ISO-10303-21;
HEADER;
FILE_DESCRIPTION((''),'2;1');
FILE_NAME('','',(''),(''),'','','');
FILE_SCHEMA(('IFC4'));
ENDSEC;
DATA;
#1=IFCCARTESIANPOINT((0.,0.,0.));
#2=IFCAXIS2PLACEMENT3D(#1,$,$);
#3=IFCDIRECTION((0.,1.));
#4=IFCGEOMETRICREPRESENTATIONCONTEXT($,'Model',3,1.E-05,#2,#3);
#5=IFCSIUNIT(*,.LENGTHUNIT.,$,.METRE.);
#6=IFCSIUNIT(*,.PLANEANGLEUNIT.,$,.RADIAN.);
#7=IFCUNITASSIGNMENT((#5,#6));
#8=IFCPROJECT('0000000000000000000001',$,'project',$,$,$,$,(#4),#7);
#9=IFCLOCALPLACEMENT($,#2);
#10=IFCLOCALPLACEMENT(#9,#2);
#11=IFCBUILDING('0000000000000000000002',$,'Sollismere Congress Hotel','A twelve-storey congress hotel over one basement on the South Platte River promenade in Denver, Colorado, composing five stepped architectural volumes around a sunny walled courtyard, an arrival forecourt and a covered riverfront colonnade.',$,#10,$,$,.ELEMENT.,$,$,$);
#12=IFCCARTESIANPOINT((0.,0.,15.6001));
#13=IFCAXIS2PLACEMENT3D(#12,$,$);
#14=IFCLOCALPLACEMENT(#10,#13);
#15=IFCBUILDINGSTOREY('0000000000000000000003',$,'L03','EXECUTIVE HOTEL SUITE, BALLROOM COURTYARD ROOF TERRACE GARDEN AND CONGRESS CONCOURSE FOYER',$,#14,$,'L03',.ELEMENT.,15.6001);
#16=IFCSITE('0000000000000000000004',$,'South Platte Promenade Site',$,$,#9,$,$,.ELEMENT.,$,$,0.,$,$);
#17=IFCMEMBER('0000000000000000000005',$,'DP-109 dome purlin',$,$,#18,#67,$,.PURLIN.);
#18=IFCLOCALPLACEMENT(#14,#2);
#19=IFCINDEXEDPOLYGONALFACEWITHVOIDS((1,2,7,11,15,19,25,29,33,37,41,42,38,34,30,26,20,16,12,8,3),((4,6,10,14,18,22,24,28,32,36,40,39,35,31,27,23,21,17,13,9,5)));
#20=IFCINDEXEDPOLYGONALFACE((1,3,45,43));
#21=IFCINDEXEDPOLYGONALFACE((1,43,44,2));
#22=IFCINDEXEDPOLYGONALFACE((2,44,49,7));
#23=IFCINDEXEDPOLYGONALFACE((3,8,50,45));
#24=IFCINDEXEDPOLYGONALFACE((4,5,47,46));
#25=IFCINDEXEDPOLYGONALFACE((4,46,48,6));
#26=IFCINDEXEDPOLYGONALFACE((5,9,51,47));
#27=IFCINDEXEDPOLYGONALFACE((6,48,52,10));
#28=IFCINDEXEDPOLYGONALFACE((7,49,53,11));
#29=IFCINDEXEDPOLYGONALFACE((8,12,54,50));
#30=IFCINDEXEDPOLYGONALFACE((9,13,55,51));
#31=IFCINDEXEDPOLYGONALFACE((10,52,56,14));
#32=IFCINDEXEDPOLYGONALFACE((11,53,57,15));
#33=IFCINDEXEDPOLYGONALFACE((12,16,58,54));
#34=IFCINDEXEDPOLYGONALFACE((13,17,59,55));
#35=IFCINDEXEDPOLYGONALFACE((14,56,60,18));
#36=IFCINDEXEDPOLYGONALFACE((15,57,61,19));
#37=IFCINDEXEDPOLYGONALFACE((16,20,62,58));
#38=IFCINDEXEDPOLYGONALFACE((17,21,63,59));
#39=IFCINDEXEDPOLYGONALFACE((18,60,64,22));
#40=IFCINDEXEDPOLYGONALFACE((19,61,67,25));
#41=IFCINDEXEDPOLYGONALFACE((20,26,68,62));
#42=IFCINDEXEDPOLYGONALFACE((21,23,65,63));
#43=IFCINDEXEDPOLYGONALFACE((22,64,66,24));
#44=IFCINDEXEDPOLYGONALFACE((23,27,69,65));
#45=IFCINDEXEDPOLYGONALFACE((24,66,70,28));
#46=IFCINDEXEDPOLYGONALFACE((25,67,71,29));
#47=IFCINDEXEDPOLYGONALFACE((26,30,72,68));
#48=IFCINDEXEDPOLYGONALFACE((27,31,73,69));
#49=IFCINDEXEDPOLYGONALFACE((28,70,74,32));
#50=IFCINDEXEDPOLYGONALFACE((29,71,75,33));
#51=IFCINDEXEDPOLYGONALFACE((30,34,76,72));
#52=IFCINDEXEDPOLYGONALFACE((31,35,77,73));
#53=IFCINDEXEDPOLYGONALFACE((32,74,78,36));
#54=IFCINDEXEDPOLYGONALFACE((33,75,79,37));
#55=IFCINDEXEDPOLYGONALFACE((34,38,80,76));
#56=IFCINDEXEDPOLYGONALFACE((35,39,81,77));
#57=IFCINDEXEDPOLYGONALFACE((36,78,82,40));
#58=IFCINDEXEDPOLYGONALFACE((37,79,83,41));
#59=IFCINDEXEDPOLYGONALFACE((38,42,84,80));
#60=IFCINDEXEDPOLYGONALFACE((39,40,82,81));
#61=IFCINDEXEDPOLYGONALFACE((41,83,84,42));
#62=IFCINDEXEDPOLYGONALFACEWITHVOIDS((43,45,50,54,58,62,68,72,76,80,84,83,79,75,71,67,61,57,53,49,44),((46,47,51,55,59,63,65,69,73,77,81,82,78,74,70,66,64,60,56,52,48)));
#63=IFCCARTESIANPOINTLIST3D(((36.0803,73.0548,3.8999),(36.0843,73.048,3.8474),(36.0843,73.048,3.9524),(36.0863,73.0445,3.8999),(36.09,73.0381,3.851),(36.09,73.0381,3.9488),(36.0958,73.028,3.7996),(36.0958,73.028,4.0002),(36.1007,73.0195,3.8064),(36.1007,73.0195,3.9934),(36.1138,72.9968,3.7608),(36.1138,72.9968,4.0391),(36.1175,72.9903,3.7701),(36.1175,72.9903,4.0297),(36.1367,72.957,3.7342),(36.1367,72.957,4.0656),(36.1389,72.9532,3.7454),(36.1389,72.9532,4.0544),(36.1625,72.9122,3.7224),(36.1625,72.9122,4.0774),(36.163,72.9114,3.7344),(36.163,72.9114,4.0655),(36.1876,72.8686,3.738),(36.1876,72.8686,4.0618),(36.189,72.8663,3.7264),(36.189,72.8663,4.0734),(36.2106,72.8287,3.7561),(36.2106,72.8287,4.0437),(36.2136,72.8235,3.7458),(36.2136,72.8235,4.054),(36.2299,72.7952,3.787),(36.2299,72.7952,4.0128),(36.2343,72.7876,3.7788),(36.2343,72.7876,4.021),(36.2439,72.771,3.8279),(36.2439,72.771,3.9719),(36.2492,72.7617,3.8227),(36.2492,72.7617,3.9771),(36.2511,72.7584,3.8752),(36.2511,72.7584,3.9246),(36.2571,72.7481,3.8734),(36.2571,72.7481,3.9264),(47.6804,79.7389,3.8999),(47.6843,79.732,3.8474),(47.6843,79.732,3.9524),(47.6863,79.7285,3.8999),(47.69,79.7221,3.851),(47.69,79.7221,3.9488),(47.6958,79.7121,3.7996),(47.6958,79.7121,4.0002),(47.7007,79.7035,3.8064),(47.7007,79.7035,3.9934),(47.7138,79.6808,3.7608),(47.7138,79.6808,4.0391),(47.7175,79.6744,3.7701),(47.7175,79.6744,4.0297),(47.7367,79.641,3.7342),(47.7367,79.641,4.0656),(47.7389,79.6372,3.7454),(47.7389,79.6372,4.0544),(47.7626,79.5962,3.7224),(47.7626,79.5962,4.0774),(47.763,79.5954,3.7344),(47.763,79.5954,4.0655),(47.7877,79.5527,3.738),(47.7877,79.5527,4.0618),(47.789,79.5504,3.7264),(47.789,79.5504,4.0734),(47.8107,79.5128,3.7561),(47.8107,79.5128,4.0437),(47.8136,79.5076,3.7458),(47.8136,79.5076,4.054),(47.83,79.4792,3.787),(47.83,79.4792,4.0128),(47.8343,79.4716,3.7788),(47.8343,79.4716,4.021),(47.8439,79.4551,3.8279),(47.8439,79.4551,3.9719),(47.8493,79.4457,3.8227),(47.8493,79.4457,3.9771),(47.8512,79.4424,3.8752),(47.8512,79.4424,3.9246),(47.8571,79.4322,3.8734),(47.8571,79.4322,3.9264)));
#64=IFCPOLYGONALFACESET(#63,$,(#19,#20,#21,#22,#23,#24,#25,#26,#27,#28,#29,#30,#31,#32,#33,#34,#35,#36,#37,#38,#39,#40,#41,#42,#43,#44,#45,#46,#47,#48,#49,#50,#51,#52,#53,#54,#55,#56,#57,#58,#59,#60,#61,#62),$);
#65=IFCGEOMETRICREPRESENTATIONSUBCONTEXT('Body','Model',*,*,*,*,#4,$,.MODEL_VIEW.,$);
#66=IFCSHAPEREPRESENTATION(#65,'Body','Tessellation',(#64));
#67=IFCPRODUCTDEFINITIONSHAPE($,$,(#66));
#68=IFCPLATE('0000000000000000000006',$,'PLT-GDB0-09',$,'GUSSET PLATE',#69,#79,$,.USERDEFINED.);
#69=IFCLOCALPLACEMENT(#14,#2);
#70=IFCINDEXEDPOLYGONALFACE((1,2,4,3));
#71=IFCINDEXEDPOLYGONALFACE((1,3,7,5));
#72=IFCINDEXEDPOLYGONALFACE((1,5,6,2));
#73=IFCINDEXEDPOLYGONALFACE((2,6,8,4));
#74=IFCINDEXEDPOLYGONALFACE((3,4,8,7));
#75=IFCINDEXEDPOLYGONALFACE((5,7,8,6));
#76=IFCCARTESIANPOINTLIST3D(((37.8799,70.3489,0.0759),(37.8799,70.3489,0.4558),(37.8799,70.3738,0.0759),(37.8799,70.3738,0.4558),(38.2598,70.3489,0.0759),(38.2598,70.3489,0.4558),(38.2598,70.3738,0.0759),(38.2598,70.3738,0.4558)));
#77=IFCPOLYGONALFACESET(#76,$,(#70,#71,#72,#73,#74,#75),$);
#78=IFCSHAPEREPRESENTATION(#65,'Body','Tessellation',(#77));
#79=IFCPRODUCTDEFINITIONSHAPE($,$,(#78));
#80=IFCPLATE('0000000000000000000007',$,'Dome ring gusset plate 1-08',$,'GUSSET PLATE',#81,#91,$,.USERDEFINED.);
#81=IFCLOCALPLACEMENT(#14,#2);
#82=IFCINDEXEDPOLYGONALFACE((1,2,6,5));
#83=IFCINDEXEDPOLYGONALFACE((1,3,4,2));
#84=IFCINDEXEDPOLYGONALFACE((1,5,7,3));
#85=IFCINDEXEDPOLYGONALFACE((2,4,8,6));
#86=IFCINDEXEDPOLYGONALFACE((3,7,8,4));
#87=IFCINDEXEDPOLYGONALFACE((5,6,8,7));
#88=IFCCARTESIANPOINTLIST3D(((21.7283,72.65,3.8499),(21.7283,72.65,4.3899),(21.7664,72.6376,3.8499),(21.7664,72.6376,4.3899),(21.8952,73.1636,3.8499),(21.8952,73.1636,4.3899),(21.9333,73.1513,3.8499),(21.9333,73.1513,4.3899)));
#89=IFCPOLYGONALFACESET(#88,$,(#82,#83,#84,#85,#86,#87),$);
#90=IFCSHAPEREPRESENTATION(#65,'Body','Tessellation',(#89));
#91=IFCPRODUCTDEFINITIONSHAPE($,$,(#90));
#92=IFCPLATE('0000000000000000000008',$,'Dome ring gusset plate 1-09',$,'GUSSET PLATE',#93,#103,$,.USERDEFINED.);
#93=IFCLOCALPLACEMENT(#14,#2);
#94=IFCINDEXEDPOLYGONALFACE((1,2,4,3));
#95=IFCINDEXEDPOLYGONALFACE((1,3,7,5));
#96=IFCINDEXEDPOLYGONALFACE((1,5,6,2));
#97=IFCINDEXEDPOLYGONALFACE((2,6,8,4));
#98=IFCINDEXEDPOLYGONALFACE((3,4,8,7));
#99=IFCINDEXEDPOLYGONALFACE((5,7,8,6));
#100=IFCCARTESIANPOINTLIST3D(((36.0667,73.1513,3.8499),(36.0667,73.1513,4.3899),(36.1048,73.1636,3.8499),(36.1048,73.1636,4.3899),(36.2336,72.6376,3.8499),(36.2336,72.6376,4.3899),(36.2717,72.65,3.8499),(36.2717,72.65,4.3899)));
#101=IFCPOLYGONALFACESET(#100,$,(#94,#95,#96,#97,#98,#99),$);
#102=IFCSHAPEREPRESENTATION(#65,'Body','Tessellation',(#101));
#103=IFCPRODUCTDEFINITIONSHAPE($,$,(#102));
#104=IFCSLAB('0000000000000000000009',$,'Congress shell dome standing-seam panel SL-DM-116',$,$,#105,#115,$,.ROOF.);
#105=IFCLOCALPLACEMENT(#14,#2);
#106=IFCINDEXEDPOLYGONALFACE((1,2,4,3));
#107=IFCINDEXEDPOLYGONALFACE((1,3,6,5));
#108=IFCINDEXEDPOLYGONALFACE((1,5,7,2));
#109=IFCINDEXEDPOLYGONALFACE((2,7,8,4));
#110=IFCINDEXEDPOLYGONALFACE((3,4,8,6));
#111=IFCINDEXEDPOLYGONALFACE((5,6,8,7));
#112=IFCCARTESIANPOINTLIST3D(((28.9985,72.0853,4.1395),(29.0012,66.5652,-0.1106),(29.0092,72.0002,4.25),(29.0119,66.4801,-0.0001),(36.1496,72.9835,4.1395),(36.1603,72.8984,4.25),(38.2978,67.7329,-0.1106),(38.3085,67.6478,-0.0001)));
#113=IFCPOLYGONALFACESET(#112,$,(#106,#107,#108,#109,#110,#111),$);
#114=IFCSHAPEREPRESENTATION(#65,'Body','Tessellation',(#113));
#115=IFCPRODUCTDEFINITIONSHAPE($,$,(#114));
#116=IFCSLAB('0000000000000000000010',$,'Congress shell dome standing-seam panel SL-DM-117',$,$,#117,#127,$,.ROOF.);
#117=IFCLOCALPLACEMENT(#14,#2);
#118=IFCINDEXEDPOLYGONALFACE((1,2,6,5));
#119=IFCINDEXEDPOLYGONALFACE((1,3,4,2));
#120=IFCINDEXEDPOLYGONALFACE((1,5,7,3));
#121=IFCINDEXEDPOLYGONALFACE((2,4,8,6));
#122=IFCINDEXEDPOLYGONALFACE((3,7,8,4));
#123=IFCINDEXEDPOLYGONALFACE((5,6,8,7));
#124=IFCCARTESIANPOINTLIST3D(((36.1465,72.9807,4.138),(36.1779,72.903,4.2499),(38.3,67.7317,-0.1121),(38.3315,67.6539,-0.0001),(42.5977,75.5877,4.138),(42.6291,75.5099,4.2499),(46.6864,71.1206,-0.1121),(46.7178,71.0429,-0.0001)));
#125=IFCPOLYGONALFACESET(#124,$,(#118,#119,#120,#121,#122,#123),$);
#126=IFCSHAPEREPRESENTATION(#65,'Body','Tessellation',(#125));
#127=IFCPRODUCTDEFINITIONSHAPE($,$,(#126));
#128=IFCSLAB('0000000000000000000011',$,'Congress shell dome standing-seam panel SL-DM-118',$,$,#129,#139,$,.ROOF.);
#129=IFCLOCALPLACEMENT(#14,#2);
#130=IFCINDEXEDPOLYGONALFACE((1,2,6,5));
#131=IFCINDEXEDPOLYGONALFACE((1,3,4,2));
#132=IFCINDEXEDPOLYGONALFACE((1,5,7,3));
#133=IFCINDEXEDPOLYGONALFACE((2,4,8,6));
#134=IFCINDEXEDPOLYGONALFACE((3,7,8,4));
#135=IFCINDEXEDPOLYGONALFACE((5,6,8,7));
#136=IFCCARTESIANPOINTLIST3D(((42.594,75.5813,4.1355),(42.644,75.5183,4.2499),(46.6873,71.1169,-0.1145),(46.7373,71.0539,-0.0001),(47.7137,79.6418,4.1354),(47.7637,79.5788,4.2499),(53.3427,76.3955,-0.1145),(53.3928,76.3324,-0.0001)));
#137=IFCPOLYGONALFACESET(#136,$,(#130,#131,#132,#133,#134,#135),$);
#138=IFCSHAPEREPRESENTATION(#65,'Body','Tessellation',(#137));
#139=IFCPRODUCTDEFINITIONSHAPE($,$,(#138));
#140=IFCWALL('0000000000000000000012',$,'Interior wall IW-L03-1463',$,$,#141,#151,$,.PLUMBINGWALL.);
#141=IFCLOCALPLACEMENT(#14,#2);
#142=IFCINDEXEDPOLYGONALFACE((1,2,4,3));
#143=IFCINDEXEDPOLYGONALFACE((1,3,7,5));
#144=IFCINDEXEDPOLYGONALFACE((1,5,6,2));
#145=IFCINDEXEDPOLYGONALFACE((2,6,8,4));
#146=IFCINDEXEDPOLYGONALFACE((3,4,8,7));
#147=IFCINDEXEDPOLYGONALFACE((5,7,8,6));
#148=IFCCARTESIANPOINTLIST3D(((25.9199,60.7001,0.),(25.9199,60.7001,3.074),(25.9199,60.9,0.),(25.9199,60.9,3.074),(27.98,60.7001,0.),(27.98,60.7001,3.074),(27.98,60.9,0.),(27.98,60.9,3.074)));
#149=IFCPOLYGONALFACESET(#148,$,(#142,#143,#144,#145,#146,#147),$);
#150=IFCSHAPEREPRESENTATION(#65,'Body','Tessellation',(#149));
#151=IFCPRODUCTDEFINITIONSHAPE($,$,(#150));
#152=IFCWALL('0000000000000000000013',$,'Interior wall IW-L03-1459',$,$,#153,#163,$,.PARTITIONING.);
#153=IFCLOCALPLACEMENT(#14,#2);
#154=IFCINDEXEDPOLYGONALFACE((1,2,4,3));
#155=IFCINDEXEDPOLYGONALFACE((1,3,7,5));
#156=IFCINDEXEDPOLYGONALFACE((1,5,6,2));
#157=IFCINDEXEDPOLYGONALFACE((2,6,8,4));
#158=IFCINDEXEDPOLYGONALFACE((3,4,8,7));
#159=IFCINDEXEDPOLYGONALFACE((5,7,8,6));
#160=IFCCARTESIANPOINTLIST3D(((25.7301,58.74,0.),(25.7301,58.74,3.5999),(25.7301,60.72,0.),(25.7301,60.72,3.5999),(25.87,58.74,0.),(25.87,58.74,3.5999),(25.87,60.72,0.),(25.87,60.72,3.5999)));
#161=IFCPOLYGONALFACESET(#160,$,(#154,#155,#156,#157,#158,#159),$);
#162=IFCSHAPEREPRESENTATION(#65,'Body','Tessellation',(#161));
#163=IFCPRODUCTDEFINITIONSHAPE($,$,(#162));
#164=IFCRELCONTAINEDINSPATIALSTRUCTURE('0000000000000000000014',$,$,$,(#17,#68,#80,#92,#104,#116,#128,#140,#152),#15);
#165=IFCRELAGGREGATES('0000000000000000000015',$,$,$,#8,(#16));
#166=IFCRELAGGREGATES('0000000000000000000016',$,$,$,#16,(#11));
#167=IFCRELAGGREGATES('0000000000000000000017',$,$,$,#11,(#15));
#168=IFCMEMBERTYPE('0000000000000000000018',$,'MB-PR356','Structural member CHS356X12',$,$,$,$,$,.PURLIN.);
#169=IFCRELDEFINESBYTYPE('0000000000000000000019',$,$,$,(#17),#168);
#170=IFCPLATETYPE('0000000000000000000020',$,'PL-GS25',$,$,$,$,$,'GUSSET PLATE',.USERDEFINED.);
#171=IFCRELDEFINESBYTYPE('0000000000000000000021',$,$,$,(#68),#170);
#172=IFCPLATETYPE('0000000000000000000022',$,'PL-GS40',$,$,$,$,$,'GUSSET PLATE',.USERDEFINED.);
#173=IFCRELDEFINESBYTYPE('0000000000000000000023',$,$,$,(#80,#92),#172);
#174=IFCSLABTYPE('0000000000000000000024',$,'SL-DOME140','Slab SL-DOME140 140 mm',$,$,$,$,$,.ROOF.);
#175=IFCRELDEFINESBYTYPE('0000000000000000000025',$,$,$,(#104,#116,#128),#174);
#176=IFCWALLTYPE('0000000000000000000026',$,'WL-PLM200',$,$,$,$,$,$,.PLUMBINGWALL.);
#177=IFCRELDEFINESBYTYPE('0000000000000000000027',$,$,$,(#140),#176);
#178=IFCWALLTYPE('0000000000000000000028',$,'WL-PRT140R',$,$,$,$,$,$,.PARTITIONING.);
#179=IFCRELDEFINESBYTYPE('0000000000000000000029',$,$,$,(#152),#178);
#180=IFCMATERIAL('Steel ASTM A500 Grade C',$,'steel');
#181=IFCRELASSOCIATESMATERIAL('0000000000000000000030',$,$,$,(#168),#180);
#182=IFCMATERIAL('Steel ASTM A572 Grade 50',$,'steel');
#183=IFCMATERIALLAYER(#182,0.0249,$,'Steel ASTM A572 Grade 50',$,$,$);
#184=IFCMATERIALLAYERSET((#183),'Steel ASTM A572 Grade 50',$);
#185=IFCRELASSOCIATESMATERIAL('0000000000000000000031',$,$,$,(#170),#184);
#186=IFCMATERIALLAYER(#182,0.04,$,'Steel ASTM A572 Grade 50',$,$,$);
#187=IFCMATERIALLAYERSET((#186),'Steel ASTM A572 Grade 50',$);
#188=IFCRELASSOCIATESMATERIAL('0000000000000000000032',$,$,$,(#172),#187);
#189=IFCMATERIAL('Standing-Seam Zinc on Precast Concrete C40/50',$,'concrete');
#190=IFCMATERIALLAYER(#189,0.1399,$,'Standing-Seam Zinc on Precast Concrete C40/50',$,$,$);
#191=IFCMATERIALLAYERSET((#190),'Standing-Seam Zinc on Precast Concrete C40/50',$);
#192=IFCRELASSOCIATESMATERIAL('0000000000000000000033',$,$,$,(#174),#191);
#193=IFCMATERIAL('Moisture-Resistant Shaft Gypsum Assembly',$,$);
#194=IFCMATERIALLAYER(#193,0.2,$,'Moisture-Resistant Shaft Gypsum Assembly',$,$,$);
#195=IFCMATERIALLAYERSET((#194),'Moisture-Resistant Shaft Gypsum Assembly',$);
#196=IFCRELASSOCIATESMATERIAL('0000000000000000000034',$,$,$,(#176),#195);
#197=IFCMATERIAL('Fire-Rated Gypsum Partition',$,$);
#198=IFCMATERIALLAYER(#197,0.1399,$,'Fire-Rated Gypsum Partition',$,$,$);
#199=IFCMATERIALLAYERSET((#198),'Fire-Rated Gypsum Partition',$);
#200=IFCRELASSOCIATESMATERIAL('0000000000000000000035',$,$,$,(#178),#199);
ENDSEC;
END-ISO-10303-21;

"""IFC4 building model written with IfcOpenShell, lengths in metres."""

from ifc_helpers import new_model, si_unit, direction, frame, frame_2d, origin, origin_2d, place, context, subcontext, project, spatial, polyline, rectangle, hollow_circle, outline, extrude, material, layer, layer_set, material_profile, profile_set, type_object, element, save


model = new_model("IFC4")

# Units and contexts
model_context = context("Model", 3, precision=1e-05, world=origin(), true_north=direction((0.0, 1.0)))
body_context = subcontext(model_context, "Body", "Model", "MODEL_VIEW")
ifc_project = project(units=[si_unit("LENGTHUNIT", "METRE"), si_unit("PLANEANGLEUNIT", "RADIAN")], contexts=[model_context])

# Site, building, storey
site_placement = place(None, origin())
site = spatial("IfcSite", under=ifc_project, at=site_placement, Name="South Platte Promenade Site", CompositionType="ELEMENT", RefElevation=0.0)
building_placement = place(site_placement, origin())
building = spatial("IfcBuilding", under=site, at=building_placement, Name="Sollismere Congress Hotel", Description="A twelve-storey congress hotel over one basement on the South Platte River promenade in Denver, Colorado, composing five stepped architectural volumes around a sunny walled courtyard, an arrival forecourt and a covered riverfront colonnade.", CompositionType="ELEMENT")
storey_placement = place(building_placement, frame((0.0, 0.0, 15.6001)))
storey = spatial("IfcBuildingStorey", under=building, at=storey_placement, Name="L03", Description="EXECUTIVE HOTEL SUITE, BALLROOM COURTYARD ROOF TERRACE GARDEN AND CONGRESS CONCOURSE FOYER", LongName="L03", CompositionType="ELEMENT", Elevation=15.6001)

# Member
ifc_material_1 = material(Name="Steel ASTM A500 Grade C", Category="steel")
ifc_material_profile_1 = material_profile(ifc_material_1, hollow_circle(Radius=0.178, WallThickness=0.012, at=origin_2d()), Name="CHS356X12")
ifc_profile_set_1 = profile_set([ifc_material_profile_1], Name="Steel ASTM A500 Grade C")
member_type_1 = type_object("IfcMemberType", Name="MB-PR356", Description="Structural member CHS356X12", PredefinedType="PURLIN", material=ifc_profile_set_1)
member_1_placement = place(storey_placement, frame((36.1692, 72.9006, 3.8999), z_axis=(0.866453, 0.499258, 0.0), x_axis=(-0.499258, 0.866453, 0.0)))
element("IfcMember", 1, at=member_1_placement, inside=storey, type_object=member_type_1, Name="DP-109 dome purlin", PredefinedType="PURLIN", context=body_context, shape_type="SweptSolid", body=[
    extrude(hollow_circle(Radius=0.178, WallThickness=0.012, at=origin_2d()), origin(), (0.0, 0.0, 1.0), 13.3879),
])

# Plates
ifc_material_2 = material(Name="Steel ASTM A572 Grade 50", Category="steel")
ifc_layer_1 = layer(ifc_material_2, 0.0249, Name="Steel ASTM A572 Grade 50")
ifc_layer_set_1 = layer_set([ifc_layer_1], Name="Steel ASTM A572 Grade 50")
plate_type_1 = type_object("IfcPlateType", Name="PL-GS25", ElementType="GUSSET PLATE", PredefinedType="USERDEFINED", material=ifc_layer_set_1)
plate_placement = place(storey_placement, frame((38.0698, 70.3613, 0.0759), z_axis=(0.0, 0.0, 1.0), x_axis=(1.0, 0.0, 0.0)))
element("IfcPlate", 2, at=plate_placement, inside=storey, type_object=plate_type_1, Name="PLT-GDB0-09", ObjectType="GUSSET PLATE", PredefinedType="USERDEFINED", context=body_context, shape_type="SweptSolid", body=[
    extrude(rectangle(XDim=0.3799, YDim=0.0249, at=origin_2d()), origin(), (0.0, 0.0, 1.0), 0.3799),
])
ifc_layer_2 = layer(ifc_material_2, 0.04, Name="Steel ASTM A572 Grade 50")
ifc_layer_set_2 = layer_set([ifc_layer_2], Name="Steel ASTM A572 Grade 50")
plate_type_2 = type_object("IfcPlateType", Name="PL-GS40", ElementType="GUSSET PLATE", PredefinedType="USERDEFINED", material=ifc_layer_set_2)
for number, where, z_axis, x_axis, name in (
    (3, (21.8308, 72.9006, 3.8499), (0.0, 0.0, 1.0), (-0.309017, -0.951057, 0.0), "Dome ring gusset plate 1-08"),
    (4, (36.1692, 72.9006, 3.8499), (0.0, 0.0, 1.0), (0.309017, -0.951057, 0.0), "Dome ring gusset plate 1-09"),
):
    element("IfcPlate", number, at=place(storey_placement, frame(where, z_axis=z_axis, x_axis=x_axis)), inside=storey, type_object=plate_type_2, Name=name, ObjectType="GUSSET PLATE", PredefinedType="USERDEFINED", context=body_context, shape_type="SweptSolid", body=[
        extrude(rectangle(XDim=0.54, YDim=0.04, at=origin_2d()), origin(), (0.0, 0.0, 1.0), 0.54),
    ])

# Slabs
ifc_material_3 = material(Name="Standing-Seam Zinc on Precast Concrete C40/50", Category="concrete")
ifc_layer_3 = layer(ifc_material_3, 0.1399, Name="Standing-Seam Zinc on Precast Concrete C40/50")
ifc_layer_set_3 = layer_set([ifc_layer_3], Name="Standing-Seam Zinc on Precast Concrete C40/50")
slab_type = type_object("IfcSlabType", Name="SL-DOME140", Description="Slab SL-DOME140 140 mm", PredefinedType="ROOF", material=ifc_layer_set_3)
slab_1_placement = place(storey_placement, frame((29.0012, 66.5652, -0.1106), z_axis=(0.076399, -0.608251, 0.790059), x_axis=(0.992204, 0.124627, 0.000001)))
element("IfcSlab", 5, at=slab_1_placement, inside=storey, type_object=slab_type, Name="Congress shell dome standing-seam panel SL-DM-116", PredefinedType="ROOF", context=body_context, shape_type="SweptSolid", body=[
    extrude(outline(polyline([(0.0, 0.0), (9.3696, 0.0), (7.8926, 6.9329), (0.6853, 6.9329), (0.0, 0.0)])), origin(), (0.0, 0.0, 1.0), 0.1399),
])
slab_2_placement = place(storey_placement, frame((38.3, 67.7317, -0.1121), z_axis=(0.224627, -0.555864, 0.800349), x_axis=(0.927159, 0.374669, 0.0)))
element("IfcSlab", 6, at=slab_2_placement, inside=storey, type_object=slab_type, Name="Congress shell dome standing-seam panel SL-DM-117", PredefinedType="ROOF", context=body_context, shape_type="SweptSolid", body=[
    extrude(outline(polyline([(0.0, 0.0), (9.0452, 0.0), (6.928, 7.0889), (-0.03, 7.0889), (0.0, 0.0)])), origin(), (0.0, 0.0, 1.0), 0.1399),
])
slab_3_placement = place(storey_placement, frame((46.6873, 71.1169, -0.1145), z_axis=(0.357537, -0.450798, 0.817893), x_axis=(0.783494, 0.6214, -0.000003)))
element("IfcSlab", 7, at=slab_3_placement, inside=storey, type_object=slab_type, Name="Congress shell dome standing-seam panel SL-DM-118", PredefinedType="ROOF", context=body_context, shape_type="SweptSolid", body=[
    extrude(outline(polyline([(0.0, 0.0), (8.4946, 0.0), (6.1016, 7.3865), (-0.4329, 7.3865), (0.0, 0.0)])), origin(), (0.0, 0.0, 1.0), 0.1399),
])

# Walls
ifc_material_4 = material(Name="Moisture-Resistant Shaft Gypsum Assembly")
ifc_layer_4 = layer(ifc_material_4, 0.2, Name="Moisture-Resistant Shaft Gypsum Assembly")
ifc_layer_set_4 = layer_set([ifc_layer_4], Name="Moisture-Resistant Shaft Gypsum Assembly")
wall_type_1 = type_object("IfcWallType", Name="WL-PLM200", PredefinedType="PLUMBINGWALL", material=ifc_layer_set_4)
wall_1_placement = place(storey_placement, frame((25.9199, 60.8, 0.0), z_axis=(0.0, 0.0, 1.0), x_axis=(1.0, 0.0, 0.0)))
element("IfcWall", 8, at=wall_1_placement, inside=storey, type_object=wall_type_1, Name="Interior wall IW-L03-1463", PredefinedType="PLUMBINGWALL", context=body_context, shape_type="SweptSolid", body=[
    extrude(rectangle(XDim=2.0601, YDim=0.2, at=frame_2d((1.03, 0.0))), origin(), (0.0, 0.0, 1.0), 3.074),
])
ifc_material_5 = material(Name="Fire-Rated Gypsum Partition")
ifc_layer_5 = layer(ifc_material_5, 0.1399, Name="Fire-Rated Gypsum Partition")
ifc_layer_set_5 = layer_set([ifc_layer_5], Name="Fire-Rated Gypsum Partition")
wall_type_2 = type_object("IfcWallType", Name="WL-PRT140R", PredefinedType="PARTITIONING", material=ifc_layer_set_5)
wall_2_placement = place(storey_placement, frame((25.8, 58.74, 0.0), z_axis=(0.0, 0.0, 1.0), x_axis=(0.0, 1.0, 0.0)))
element("IfcWall", 9, at=wall_2_placement, inside=storey, type_object=wall_type_2, Name="Interior wall IW-L03-1459", PredefinedType="PARTITIONING", context=body_context, shape_type="SweptSolid", body=[
    extrude(rectangle(XDim=1.98, YDim=0.1399, at=frame_2d((0.99, 0.0))), origin(), (0.0, 0.0, 1.0), 3.5999),
])

save(model, "model.ifc")
